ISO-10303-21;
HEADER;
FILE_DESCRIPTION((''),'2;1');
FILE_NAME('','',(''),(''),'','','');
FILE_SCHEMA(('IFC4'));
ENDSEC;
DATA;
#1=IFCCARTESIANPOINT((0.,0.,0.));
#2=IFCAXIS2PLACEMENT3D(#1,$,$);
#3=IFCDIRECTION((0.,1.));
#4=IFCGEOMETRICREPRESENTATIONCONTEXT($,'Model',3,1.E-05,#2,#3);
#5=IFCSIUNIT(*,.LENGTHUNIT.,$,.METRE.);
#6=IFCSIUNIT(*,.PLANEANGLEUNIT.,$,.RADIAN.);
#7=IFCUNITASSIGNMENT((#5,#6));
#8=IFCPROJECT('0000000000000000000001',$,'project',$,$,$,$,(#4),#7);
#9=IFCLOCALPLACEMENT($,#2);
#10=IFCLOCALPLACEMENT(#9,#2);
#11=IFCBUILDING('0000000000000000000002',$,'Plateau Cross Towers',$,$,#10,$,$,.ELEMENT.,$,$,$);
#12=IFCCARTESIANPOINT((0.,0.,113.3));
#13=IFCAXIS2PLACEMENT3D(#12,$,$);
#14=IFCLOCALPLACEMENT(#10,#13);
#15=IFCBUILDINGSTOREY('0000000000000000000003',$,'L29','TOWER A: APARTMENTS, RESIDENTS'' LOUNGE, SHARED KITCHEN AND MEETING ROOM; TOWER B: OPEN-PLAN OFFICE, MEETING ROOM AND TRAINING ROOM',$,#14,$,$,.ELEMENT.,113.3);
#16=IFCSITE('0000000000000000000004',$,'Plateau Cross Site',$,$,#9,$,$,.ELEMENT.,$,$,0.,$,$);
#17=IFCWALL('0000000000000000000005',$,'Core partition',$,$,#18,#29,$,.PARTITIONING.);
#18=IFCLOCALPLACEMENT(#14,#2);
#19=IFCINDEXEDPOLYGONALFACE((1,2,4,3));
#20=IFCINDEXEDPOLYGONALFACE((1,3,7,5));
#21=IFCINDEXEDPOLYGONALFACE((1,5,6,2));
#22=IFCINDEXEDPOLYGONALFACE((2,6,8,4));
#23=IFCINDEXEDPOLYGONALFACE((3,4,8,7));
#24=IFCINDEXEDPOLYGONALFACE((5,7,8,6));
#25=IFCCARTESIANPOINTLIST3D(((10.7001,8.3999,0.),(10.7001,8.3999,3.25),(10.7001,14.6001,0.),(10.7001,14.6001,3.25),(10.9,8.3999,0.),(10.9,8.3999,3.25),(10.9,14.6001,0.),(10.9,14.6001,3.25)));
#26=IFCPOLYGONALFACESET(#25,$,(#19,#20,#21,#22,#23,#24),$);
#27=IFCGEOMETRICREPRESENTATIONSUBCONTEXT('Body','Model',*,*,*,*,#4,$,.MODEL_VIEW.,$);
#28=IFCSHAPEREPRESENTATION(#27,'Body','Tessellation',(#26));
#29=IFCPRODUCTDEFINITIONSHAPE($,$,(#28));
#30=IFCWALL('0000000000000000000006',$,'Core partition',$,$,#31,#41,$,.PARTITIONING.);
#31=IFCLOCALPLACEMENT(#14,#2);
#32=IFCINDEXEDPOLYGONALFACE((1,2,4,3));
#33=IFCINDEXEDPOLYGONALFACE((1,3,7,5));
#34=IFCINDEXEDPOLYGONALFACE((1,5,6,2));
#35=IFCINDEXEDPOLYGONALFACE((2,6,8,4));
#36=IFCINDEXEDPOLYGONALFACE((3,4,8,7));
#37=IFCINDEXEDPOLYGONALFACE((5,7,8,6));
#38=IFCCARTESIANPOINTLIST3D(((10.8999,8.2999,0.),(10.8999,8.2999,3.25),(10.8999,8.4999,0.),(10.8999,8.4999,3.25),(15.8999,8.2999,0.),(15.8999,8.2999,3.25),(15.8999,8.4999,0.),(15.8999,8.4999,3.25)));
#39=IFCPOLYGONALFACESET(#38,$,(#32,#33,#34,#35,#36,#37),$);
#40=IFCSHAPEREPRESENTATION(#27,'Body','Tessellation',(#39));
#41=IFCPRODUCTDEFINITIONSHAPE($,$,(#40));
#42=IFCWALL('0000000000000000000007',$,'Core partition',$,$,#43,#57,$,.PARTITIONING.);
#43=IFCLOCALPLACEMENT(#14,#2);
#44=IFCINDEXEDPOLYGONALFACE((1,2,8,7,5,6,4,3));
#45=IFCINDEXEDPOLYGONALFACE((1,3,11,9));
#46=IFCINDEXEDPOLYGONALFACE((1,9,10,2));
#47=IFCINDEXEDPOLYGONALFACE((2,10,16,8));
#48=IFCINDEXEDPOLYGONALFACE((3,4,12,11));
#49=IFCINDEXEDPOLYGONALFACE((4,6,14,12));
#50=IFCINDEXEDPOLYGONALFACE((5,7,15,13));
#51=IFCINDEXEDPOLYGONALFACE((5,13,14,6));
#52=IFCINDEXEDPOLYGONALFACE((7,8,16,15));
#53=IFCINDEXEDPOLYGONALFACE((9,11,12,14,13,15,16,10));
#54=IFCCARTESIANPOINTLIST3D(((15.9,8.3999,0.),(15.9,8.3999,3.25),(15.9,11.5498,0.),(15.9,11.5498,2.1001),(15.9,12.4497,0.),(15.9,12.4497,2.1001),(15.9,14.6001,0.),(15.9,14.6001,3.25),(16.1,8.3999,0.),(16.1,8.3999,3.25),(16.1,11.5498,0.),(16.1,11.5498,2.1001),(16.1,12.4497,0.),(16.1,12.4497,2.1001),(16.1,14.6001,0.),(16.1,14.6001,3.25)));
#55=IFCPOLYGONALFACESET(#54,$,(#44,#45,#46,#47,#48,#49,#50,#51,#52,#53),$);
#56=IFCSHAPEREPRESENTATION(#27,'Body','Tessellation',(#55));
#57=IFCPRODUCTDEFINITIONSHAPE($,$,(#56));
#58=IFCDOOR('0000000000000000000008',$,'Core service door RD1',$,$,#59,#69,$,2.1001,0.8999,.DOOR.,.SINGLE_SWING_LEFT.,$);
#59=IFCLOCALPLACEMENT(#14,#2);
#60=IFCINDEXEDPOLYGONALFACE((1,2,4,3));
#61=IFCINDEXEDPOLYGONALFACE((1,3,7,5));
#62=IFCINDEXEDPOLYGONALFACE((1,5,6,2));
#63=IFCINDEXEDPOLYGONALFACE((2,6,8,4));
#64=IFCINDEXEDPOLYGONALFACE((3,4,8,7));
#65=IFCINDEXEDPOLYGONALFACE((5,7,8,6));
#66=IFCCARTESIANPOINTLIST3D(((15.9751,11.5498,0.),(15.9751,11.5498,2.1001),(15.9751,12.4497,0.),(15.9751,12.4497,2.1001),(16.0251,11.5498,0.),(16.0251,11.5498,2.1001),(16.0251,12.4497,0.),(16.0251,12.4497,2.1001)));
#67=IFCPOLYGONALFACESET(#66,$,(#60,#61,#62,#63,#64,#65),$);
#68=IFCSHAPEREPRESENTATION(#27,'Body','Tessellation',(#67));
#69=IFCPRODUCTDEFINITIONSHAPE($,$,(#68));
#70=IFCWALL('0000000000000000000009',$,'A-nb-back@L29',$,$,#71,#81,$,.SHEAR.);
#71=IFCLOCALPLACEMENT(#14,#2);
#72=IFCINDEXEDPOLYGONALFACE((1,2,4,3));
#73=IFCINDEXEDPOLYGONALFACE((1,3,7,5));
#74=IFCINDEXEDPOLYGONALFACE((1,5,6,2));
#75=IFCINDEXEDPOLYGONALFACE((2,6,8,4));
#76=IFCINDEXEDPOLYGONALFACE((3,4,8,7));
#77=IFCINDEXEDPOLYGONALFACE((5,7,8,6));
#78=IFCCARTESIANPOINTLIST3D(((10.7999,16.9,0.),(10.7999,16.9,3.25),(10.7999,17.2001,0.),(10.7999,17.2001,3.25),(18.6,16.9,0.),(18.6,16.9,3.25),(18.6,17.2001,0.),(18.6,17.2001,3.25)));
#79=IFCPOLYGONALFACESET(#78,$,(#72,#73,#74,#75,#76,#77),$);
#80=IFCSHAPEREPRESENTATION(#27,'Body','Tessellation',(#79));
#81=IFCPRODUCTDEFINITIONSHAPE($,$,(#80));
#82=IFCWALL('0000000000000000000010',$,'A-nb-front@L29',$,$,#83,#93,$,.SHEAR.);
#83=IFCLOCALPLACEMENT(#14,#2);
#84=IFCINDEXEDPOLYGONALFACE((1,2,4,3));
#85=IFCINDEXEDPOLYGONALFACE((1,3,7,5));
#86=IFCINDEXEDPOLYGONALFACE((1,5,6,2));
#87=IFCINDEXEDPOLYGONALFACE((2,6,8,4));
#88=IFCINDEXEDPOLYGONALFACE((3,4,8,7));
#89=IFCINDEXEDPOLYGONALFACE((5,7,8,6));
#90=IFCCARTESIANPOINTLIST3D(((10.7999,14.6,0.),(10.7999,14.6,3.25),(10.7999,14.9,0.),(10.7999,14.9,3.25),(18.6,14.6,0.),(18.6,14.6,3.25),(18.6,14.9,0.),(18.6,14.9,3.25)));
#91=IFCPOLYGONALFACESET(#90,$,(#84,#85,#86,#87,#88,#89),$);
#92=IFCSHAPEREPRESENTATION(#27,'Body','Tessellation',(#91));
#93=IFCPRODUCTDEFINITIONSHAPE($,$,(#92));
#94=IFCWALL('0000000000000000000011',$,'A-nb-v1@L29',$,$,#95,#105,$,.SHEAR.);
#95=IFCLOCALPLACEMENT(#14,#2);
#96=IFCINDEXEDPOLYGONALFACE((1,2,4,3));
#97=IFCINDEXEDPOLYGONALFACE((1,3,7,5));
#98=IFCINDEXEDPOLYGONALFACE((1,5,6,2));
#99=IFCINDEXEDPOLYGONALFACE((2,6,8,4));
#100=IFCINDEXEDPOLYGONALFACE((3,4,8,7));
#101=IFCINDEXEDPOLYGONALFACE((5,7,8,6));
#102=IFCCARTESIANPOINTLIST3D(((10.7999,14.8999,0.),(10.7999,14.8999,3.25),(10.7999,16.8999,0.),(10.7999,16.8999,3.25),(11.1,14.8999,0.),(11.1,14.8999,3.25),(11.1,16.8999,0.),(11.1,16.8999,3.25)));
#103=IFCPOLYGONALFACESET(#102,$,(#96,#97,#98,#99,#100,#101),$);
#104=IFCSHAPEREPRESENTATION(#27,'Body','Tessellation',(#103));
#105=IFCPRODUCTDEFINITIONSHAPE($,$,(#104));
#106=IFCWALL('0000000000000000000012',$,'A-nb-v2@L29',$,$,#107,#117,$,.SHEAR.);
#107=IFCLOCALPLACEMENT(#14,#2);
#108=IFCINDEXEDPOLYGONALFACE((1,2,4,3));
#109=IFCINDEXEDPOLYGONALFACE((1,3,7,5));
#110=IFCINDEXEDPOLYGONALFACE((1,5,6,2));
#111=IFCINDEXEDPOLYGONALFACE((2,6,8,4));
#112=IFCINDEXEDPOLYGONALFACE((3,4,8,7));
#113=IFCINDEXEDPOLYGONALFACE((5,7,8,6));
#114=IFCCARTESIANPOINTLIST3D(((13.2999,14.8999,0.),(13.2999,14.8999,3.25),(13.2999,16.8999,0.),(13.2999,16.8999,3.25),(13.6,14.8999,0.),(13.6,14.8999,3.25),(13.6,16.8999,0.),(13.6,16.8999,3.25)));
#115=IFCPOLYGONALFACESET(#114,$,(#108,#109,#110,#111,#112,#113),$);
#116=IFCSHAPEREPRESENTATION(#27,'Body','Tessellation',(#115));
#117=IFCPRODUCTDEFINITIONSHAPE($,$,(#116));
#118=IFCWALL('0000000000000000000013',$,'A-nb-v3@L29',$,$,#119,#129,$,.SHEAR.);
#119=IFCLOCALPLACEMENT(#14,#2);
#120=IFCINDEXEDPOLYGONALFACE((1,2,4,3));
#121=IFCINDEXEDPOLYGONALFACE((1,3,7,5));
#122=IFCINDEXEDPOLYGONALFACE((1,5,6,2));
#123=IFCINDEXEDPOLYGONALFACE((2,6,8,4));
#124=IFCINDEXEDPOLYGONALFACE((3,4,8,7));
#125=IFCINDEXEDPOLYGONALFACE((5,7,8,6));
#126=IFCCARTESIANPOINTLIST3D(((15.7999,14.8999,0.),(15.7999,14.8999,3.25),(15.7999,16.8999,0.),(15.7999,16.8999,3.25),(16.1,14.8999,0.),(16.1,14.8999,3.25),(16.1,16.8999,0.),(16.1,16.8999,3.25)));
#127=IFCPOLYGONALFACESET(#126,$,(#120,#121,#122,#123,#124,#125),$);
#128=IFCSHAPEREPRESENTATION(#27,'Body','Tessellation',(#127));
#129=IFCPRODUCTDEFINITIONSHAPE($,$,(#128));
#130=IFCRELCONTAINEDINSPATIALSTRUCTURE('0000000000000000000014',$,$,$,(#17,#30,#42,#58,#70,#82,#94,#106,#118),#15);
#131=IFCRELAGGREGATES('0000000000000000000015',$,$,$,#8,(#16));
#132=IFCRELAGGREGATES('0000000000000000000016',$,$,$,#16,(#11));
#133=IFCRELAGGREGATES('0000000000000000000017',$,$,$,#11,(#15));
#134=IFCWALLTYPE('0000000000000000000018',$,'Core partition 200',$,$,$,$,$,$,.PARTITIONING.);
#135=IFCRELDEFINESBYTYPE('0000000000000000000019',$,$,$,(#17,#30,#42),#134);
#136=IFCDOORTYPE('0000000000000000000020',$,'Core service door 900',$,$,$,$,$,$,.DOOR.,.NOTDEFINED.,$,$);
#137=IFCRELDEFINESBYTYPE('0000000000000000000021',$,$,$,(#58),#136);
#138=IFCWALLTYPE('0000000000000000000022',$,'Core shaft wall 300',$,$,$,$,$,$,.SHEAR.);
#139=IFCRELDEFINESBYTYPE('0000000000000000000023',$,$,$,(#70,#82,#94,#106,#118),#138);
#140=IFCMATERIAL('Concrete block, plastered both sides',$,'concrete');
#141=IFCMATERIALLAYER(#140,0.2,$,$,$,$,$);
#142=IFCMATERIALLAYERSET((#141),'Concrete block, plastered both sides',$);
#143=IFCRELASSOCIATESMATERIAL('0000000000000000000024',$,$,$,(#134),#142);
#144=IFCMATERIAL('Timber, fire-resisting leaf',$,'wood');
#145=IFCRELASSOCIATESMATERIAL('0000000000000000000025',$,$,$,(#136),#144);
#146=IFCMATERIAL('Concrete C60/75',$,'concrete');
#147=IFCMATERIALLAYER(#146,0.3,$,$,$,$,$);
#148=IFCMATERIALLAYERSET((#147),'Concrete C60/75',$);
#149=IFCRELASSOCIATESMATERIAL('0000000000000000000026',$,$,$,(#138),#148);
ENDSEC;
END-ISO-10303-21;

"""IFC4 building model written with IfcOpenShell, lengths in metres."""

from ifc_helpers import new_model, si_unit, direction, frame, frame_2d, origin, place, context, subcontext, project, spatial, rectangle, extrude, material, layer, layer_set, type_object, element, fill, save


model = new_model("IFC4")

# Units and contexts
model_context = context("Model", 3, precision=1e-05, world=origin(), true_north=direction((0.0, 1.0)))
body_context = subcontext(model_context, "Body", "Model", "MODEL_VIEW")
ifc_project = project(units=[si_unit("LENGTHUNIT", "METRE"), si_unit("PLANEANGLEUNIT", "RADIAN")], contexts=[model_context])

# Site, building, storey
site_placement = place(None, origin())
site = spatial("IfcSite", under=ifc_project, at=site_placement, Name="Plateau Cross Site", CompositionType="ELEMENT", RefElevation=0.0)
building_placement = place(site_placement, origin())
building = spatial("IfcBuilding", under=site, at=building_placement, Name="Plateau Cross Towers", CompositionType="ELEMENT")
storey_placement = place(building_placement, frame((0.0, 0.0, 113.3)))
storey = spatial("IfcBuildingStorey", under=building, at=storey_placement, Name="L29", Description="TOWER A: APARTMENTS, RESIDENTS' LOUNGE, SHARED KITCHEN AND MEETING ROOM; TOWER B: OPEN-PLAN OFFICE, MEETING ROOM AND TRAINING ROOM", CompositionType="ELEMENT", Elevation=113.3)

# Walls
ifc_material_1 = material(Name="Concrete block, plastered both sides", Category="concrete")
ifc_layer_1 = layer(ifc_material_1, 0.2)
ifc_layer_set_1 = layer_set([ifc_layer_1], Name="Concrete block, plastered both sides")
wall_type_1 = type_object("IfcWallType", Name="Core partition 200", PredefinedType="PARTITIONING", material=ifc_layer_set_1)
wall_1_placement = place(storey_placement, frame((10.8, 8.3999, 0.0), z_axis=(0.0, 0.0, 1.0), x_axis=(0.0, 1.0, 0.0)))
element("IfcWall", 1, at=wall_1_placement, inside=storey, type_object=wall_type_1, Name="Core partition", PredefinedType="PARTITIONING", context=body_context, shape_type="SweptSolid", body=[
    extrude(rectangle(XDim=6.2002, YDim=0.2, at=frame_2d((3.1001, 0.0))), origin(), (0.0, 0.0, 1.0), 3.25),
])
wall_2_placement = place(storey_placement, frame((10.8999, 8.3999, 0.0), z_axis=(0.0, 0.0, 1.0), x_axis=(1.0, 0.0, 0.0)))
element("IfcWall", 2, at=wall_2_placement, inside=storey, type_object=wall_type_1, Name="Core partition", PredefinedType="PARTITIONING", context=body_context, shape_type="SweptSolid", body=[
    extrude(rectangle(XDim=5.0, YDim=0.2, at=frame_2d((2.5, 0.0))), origin(), (0.0, 0.0, 1.0), 3.25),
])

# Wall, opening, door
wall_3_placement = place(storey_placement, frame((16.0, 8.3999, 0.0), z_axis=(0.0, 0.0, 1.0), x_axis=(0.0, 1.0, 0.0)))
wall_3 = element("IfcWall", 3, at=wall_3_placement, inside=storey, type_object=wall_type_1, Name="Core partition", PredefinedType="PARTITIONING", context=body_context, shape_type="SweptSolid", body=[
    extrude(rectangle(XDim=6.2002, YDim=0.2, at=frame_2d((3.1001, 0.0))), origin(), (0.0, 0.0, 1.0), 3.25),
])
opening_1_placement = place(wall_3_placement, frame((3.1499, 0.0, 0.0)))
opening_1 = element("IfcOpeningElement", 4, at=opening_1_placement, cuts=wall_3, PredefinedType="OPENING", context=body_context, shape_type="SweptSolid", body=[
    extrude(rectangle(XDim=0.8999, YDim=2.1001, at=frame_2d((0.45, 1.05))), frame((0.0, 0.1099, 0.0), z_axis=(0.0, -1.0, 0.0), x_axis=(1.0, 0.0, 0.0)), (0.0, 0.0, 1.0), 0.22),
])
ifc_material_2 = material(Name="Timber, fire-resisting leaf", Category="wood")
door_type_1 = type_object("IfcDoorType", Name="Core service door 900", OperationType="NOTDEFINED", PredefinedType="DOOR", material=ifc_material_2)
door_1_placement = place(opening_1_placement, origin())
door_1 = element("IfcDoor", 5, at=door_1_placement, inside=storey, type_object=door_type_1, Name="Core service door RD1", OperationType="SINGLE_SWING_LEFT", OverallHeight=2.1001, OverallWidth=0.8999, PredefinedType="DOOR", context=body_context, shape_type="SweptSolid", body=[
    extrude(rectangle(XDim=0.8999, YDim=2.1001, at=frame_2d((0.45, 1.05))), frame((0.0, 0.0249, 0.0), z_axis=(0.0, -1.0, 0.0), x_axis=(1.0, 0.0, 0.0)), (0.0, 0.0, 1.0), 0.05),
])
fill(opening_1, door_1)

# Walls
ifc_material_3 = material(Name="Concrete C60/75", Category="concrete")
ifc_layer_2 = layer(ifc_material_3, 0.3)
ifc_layer_set_2 = layer_set([ifc_layer_2], Name="Concrete C60/75")
wall_type_2 = type_object("IfcWallType", Name="Core shaft wall 300", PredefinedType="SHEAR", material=ifc_layer_set_2)
for number, where, z_axis, x_axis, name in (
    (6, (10.8, 17.05, 0.0), (0.0, 0.0, 1.0), (1.0, 0.0, 0.0), "A-nb-back@L29"),
    (7, (10.8, 14.75, 0.0), (0.0, 0.0, 1.0), (1.0, 0.0, 0.0), "A-nb-front@L29"),
):
    element("IfcWall", number, at=place(storey_placement, frame(where, z_axis=z_axis, x_axis=x_axis)), inside=storey, type_object=wall_type_2, Name=name, PredefinedType="SHEAR", context=body_context, shape_type="SweptSolid", body=[
        extrude(rectangle(XDim=7.8, YDim=0.3, at=frame_2d((3.8999, 0.0))), origin(), (0.0, 0.0, 1.0), 3.25),
    ])
for number, where, z_axis, x_axis, name in (
    (8, (10.95, 14.8999, 0.0), (0.0, 0.0, 1.0), (0.0, 1.0, 0.0), "A-nb-v1@L29"),
    (9, (13.45, 14.8999, 0.0), (0.0, 0.0, 1.0), (0.0, 1.0, 0.0), "A-nb-v2@L29"),
    (10, (15.95, 14.8999, 0.0), (0.0, 0.0, 1.0), (0.0, 1.0, 0.0), "A-nb-v3@L29"),
):
    element("IfcWall", number, at=place(storey_placement, frame(where, z_axis=z_axis, x_axis=x_axis)), inside=storey, type_object=wall_type_2, Name=name, PredefinedType="SHEAR", context=body_context, shape_type="SweptSolid", body=[
        extrude(rectangle(XDim=2.0, YDim=0.3, at=frame_2d((1.0, 0.0))), origin(), (0.0, 0.0, 1.0), 3.25),
    ])

save(model, "model.ifc")
